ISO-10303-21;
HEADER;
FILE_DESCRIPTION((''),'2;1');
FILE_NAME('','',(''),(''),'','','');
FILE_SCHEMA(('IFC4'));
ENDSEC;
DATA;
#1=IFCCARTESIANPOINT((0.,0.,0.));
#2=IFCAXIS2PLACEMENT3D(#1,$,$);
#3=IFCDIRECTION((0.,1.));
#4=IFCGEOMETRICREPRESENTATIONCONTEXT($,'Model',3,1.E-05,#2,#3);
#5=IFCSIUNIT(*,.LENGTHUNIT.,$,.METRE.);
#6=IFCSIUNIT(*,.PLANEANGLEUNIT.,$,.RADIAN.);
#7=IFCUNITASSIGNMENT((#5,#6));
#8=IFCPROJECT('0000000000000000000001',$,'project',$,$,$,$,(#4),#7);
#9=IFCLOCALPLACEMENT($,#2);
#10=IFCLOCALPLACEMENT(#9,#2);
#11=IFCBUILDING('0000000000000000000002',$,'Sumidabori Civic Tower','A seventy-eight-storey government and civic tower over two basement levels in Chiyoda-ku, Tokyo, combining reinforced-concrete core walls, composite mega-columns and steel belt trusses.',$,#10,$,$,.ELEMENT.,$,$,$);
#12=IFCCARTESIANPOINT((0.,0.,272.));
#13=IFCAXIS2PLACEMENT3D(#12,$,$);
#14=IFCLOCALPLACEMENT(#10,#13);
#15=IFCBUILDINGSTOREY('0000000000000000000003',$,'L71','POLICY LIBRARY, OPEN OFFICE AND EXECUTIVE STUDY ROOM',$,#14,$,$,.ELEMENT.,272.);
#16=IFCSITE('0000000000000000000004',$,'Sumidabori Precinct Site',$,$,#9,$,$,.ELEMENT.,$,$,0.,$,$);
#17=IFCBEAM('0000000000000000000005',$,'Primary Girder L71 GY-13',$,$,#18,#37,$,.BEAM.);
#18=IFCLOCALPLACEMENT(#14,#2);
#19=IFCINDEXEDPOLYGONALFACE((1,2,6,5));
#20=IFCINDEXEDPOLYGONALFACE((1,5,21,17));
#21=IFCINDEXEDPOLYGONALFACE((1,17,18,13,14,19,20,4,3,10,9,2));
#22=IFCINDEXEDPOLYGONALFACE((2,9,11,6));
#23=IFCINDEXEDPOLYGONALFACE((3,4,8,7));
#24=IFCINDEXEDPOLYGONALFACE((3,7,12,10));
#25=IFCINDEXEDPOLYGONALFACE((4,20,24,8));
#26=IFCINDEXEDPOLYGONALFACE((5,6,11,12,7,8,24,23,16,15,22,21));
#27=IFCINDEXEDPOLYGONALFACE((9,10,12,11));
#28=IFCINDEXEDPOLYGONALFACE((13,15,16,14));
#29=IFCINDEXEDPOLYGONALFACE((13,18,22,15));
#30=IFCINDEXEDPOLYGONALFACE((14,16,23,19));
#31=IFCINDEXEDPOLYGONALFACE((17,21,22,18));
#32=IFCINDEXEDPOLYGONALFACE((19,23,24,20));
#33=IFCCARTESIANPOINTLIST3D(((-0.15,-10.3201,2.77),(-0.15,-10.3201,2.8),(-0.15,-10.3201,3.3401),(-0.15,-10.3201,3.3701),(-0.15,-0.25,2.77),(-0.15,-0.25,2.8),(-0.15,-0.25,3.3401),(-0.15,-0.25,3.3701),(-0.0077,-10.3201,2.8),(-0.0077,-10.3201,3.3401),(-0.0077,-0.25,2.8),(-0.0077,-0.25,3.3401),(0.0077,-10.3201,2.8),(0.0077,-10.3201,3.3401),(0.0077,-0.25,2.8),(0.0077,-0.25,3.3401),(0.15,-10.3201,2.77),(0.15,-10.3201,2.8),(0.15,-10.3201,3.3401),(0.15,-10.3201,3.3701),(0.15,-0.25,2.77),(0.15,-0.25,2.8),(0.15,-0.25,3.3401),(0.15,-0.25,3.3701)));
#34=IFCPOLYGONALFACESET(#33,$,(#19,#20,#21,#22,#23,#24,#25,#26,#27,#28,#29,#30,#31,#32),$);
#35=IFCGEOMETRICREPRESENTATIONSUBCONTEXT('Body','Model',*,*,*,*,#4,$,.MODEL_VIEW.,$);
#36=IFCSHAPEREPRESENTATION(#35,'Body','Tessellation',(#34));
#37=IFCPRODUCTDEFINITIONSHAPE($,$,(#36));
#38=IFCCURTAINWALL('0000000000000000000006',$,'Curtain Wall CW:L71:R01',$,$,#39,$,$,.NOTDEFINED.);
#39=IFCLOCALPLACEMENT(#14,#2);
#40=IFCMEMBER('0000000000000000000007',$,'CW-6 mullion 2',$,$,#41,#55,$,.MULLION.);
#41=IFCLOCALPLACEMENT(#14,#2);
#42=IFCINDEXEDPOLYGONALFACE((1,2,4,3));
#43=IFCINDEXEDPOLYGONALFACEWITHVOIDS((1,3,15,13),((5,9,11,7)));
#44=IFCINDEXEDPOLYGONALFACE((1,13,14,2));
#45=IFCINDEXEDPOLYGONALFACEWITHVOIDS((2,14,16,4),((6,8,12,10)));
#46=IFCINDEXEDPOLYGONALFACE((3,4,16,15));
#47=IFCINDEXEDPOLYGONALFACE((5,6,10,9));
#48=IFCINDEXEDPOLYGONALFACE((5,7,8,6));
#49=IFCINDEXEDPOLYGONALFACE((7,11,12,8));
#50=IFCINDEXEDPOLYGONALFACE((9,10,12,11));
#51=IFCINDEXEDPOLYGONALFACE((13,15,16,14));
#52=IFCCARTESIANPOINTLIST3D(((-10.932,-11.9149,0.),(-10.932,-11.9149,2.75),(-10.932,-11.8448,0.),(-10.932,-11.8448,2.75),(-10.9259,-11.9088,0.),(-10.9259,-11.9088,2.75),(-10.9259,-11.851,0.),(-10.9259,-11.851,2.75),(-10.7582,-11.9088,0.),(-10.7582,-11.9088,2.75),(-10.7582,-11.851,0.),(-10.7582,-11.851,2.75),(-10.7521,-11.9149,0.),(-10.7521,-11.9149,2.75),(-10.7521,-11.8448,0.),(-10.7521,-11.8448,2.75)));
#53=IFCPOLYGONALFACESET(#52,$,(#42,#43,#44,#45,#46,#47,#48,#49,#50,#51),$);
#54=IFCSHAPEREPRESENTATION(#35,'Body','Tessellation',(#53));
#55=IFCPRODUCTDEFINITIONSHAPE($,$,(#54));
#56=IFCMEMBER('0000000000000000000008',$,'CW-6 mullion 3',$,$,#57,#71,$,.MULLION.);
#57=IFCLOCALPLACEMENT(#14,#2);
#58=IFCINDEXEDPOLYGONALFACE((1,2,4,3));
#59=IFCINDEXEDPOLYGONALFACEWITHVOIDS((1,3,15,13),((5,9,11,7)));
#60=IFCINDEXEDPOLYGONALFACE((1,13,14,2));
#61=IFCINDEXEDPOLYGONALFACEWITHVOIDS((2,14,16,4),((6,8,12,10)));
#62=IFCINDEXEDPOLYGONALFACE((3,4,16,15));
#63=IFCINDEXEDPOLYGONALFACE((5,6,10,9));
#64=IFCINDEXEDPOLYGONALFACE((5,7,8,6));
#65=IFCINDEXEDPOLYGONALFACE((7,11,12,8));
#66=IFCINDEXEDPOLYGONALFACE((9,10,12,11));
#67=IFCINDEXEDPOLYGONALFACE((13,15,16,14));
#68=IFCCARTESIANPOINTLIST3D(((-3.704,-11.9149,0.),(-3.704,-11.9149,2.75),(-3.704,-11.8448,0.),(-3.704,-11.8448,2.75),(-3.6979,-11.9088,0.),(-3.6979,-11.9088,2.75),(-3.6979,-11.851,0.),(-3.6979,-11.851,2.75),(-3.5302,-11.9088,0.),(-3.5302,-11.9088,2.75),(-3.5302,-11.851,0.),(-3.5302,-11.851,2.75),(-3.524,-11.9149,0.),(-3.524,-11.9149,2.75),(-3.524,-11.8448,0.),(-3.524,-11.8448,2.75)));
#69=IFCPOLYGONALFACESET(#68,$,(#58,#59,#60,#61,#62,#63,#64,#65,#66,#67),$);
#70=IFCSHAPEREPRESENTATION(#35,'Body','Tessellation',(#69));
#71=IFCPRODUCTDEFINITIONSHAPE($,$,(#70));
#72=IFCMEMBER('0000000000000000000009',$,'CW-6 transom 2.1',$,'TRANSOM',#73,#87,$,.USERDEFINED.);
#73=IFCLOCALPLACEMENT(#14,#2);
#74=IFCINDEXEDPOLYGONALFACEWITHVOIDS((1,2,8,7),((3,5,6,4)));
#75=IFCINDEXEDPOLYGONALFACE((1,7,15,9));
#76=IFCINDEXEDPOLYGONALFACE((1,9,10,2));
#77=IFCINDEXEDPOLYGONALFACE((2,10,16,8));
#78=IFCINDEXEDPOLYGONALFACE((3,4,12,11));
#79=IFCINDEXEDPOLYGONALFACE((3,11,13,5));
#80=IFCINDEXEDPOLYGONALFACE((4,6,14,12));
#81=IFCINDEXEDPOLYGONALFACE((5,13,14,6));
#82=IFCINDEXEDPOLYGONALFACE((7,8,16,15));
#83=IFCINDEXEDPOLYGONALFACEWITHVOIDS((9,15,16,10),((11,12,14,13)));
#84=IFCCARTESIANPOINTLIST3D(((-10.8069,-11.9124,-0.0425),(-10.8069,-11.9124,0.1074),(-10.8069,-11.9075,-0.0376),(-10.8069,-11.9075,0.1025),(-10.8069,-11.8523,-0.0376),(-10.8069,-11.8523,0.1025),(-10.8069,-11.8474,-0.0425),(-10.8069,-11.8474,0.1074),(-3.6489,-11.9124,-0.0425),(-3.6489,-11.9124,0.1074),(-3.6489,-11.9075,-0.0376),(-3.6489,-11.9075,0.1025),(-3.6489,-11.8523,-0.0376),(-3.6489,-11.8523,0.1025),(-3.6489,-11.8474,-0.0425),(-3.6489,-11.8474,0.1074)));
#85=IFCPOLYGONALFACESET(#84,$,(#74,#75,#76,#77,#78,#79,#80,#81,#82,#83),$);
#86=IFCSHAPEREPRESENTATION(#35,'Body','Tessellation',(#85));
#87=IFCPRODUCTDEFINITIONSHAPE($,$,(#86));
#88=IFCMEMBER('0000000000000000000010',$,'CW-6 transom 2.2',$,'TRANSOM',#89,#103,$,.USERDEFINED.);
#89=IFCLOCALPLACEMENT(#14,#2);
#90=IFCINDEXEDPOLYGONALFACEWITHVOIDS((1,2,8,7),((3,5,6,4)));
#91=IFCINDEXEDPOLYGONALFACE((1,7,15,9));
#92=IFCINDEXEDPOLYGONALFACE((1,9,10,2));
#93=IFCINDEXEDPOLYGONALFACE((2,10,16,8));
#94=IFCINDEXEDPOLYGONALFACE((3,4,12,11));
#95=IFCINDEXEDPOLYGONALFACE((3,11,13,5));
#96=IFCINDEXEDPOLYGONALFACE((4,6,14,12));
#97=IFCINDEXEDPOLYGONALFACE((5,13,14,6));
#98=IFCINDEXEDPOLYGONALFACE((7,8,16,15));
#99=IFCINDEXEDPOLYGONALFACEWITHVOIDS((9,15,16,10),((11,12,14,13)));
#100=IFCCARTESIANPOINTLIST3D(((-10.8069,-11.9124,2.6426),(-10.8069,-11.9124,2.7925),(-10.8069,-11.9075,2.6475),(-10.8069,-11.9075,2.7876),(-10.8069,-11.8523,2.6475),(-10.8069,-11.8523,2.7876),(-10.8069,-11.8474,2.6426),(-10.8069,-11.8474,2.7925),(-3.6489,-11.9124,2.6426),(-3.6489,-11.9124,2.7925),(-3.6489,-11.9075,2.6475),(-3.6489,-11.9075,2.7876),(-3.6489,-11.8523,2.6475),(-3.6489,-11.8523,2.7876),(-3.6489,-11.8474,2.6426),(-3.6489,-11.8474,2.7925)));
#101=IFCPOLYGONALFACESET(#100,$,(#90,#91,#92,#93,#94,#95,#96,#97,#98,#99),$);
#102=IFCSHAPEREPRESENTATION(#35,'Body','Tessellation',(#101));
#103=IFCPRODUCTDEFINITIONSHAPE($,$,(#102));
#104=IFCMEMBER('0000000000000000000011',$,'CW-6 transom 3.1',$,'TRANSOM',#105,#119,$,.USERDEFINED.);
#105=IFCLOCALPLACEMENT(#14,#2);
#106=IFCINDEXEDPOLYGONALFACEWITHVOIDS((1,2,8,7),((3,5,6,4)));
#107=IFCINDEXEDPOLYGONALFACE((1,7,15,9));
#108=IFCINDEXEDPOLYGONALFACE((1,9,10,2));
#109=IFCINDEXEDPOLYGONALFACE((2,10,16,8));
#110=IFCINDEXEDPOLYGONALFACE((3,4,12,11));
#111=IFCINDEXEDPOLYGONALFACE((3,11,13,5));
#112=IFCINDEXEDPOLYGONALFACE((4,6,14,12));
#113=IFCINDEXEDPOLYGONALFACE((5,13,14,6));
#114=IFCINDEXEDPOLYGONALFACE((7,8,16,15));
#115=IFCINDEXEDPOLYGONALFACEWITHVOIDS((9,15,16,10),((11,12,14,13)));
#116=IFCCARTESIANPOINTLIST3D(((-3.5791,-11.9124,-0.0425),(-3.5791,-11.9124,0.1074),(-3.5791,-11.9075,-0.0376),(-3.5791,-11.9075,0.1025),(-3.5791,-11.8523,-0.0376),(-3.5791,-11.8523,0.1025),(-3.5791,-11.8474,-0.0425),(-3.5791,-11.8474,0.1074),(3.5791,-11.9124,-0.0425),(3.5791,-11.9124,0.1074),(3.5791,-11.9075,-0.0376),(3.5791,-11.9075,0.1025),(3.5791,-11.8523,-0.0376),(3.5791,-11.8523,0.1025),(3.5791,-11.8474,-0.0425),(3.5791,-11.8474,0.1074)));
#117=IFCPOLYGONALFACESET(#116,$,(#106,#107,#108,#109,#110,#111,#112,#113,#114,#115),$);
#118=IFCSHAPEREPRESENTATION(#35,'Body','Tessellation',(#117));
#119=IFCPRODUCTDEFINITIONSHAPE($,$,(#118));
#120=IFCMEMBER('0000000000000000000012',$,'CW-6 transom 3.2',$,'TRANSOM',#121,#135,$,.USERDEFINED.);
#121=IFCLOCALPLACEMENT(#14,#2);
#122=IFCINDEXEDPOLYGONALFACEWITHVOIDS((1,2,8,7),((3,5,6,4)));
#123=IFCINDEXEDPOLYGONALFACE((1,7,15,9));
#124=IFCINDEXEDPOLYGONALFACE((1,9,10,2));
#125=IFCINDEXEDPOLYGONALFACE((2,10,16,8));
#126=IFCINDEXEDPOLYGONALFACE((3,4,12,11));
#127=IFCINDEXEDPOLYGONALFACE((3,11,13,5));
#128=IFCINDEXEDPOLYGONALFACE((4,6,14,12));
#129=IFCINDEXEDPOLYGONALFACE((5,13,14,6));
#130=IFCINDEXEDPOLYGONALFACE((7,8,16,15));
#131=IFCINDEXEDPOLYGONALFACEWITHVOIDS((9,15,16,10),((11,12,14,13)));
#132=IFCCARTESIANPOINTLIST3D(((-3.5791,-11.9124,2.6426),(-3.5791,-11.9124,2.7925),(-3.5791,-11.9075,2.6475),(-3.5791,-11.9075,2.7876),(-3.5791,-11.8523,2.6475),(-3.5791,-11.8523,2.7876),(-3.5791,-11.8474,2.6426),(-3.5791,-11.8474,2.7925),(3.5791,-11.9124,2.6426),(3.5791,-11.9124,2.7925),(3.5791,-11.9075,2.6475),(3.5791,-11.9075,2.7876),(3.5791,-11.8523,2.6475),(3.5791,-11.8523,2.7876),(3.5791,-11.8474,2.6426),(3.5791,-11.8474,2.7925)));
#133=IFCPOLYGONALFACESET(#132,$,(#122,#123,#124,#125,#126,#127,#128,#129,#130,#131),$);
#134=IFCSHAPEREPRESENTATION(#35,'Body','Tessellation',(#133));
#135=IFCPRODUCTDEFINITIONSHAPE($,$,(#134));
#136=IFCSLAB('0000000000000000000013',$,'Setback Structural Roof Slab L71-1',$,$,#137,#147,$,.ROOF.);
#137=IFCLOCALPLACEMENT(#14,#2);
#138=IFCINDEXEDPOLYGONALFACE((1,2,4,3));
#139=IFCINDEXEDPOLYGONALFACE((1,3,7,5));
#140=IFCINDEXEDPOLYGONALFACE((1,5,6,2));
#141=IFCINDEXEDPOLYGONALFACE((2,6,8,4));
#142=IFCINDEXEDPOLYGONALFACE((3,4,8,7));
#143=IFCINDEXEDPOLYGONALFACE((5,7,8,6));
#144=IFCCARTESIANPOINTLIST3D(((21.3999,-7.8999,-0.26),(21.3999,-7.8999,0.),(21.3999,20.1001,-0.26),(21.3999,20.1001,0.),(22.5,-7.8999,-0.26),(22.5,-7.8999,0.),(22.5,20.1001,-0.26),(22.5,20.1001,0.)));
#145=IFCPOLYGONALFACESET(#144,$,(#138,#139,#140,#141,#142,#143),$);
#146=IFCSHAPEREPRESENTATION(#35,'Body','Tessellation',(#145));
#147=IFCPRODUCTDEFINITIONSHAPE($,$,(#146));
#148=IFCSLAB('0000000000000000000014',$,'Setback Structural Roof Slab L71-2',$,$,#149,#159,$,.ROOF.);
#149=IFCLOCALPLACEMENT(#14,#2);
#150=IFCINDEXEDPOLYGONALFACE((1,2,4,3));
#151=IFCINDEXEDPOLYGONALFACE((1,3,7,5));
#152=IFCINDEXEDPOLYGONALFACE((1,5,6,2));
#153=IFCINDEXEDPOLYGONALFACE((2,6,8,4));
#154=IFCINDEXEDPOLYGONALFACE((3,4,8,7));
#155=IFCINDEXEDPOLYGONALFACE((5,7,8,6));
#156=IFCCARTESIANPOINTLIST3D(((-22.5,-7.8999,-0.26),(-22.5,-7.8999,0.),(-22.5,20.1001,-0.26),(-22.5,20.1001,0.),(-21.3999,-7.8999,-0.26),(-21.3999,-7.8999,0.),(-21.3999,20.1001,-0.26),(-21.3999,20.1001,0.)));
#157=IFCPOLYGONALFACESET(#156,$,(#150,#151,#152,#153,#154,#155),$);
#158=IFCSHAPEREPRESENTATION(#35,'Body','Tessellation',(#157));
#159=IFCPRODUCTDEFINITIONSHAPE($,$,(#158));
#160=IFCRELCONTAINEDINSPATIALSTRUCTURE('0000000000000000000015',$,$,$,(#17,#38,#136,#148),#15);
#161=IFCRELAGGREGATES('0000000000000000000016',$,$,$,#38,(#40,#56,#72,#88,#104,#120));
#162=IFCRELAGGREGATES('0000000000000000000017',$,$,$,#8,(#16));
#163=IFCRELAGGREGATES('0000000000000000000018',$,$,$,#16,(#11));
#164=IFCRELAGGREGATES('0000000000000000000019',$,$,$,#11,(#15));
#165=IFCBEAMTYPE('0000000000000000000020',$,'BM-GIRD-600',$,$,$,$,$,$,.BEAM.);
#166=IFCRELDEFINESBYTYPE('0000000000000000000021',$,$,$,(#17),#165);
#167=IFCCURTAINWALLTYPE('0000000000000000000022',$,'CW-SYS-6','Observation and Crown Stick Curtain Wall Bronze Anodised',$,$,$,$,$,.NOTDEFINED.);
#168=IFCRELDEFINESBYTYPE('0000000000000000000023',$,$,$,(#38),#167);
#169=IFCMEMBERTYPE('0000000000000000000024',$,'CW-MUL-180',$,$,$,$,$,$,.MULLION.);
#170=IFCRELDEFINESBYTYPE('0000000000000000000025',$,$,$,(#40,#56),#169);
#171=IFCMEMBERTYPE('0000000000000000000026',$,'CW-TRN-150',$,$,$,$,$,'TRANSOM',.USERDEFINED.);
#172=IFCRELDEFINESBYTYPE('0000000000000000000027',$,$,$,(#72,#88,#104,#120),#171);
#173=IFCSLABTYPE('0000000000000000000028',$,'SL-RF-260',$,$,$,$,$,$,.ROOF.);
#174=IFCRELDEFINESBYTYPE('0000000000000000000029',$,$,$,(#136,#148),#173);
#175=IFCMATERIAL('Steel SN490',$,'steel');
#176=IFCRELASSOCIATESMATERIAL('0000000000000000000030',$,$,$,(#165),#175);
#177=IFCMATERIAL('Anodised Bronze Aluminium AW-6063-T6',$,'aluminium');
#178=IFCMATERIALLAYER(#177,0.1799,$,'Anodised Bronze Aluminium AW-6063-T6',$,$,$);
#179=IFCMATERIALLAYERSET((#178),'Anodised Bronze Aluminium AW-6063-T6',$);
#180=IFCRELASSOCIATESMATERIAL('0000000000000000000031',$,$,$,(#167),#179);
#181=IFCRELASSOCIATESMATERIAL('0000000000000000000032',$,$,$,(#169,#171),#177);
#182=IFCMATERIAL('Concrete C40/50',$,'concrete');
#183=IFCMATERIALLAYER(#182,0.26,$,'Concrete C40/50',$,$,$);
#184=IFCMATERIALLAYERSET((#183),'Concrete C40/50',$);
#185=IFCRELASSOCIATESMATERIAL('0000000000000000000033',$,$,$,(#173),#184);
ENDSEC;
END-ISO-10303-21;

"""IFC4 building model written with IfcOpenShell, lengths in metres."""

from ifc_helpers import new_model, si_unit, direction, frame, origin, origin_2d, place, context, subcontext, project, spatial, polyline, hollow_rectangle, i_section, outline, extrude, source, transform, mapped, material, layer, layer_set, material_profile, profile_set, type_object, element, aggregate, save


model = new_model("IFC4")

# Units and contexts
model_context = context("Model", 3, precision=1e-05, world=origin(), true_north=direction((0.0, 1.0)))
body_context = subcontext(model_context, "Body", "Model", "MODEL_VIEW")
ifc_project = project(units=[si_unit("LENGTHUNIT", "METRE"), si_unit("PLANEANGLEUNIT", "RADIAN")], contexts=[model_context])

# Site, building, storey
site_placement = place(None, origin())
site = spatial("IfcSite", under=ifc_project, at=site_placement, Name="Sumidabori Precinct Site", CompositionType="ELEMENT", RefElevation=0.0)
building_placement = place(site_placement, origin())
building = spatial("IfcBuilding", under=site, at=building_placement, Name="Sumidabori Civic Tower", Description="A seventy-eight-storey government and civic tower over two basement levels in Chiyoda-ku, Tokyo, combining reinforced-concrete core walls, composite mega-columns and steel belt trusses.", CompositionType="ELEMENT")
storey_placement = place(building_placement, frame((0.0, 0.0, 272.0)))
storey = spatial("IfcBuildingStorey", under=building, at=storey_placement, Name="L71", Description="POLICY LIBRARY, OPEN OFFICE AND EXECUTIVE STUDY ROOM", CompositionType="ELEMENT", Elevation=272.0)

# Shared definitions
ifc_material_1 = material(Name="Steel SN490", Category="steel")

# Beam
ifc_material_profile_1 = material_profile(ifc_material_1, i_section(OverallWidth=0.3, OverallDepth=0.6001, WebThickness=0.0154, FlangeThickness=0.03, at=origin_2d()), Name="HE 600 B")
ifc_profile_set_1 = profile_set([ifc_material_profile_1], Name="Steel SN490")
beam_type_1 = type_object("IfcBeamType", Name="BM-GIRD-600", PredefinedType="BEAM", material=ifc_profile_set_1)
shared_shape_1 = source(origin(), body_context, "Body", "SweptSolid", [
    extrude(i_section(OverallWidth=0.3, OverallDepth=0.6001, WebThickness=0.0154, FlangeThickness=0.03, at=origin_2d()), origin(), (0.0, 0.0, 1.0), 10.0701),
])
beam_1_placement = place(storey_placement, frame((0.0, -10.3201, 3.0701), z_axis=(0.0, 1.0, 0.0), x_axis=(-1.0, 0.0, 0.0)))
element("IfcBeam", 1, at=beam_1_placement, inside=storey, type_object=beam_type_1, Name="Primary Girder L71 GY-13", PredefinedType="BEAM", context=body_context, shape_type="MappedRepresentation", body=[
    mapped(shared_shape_1, transform((0.0, 0.0, 0.0), x_axis=(1.0, 0.0, 0.0), y_axis=(0.0, 1.0, 0.0), z_axis=(0.0, 0.0, 1.0), scale=1.0)),
])

# Curtain wall, members
ifc_material_2 = material(Name="Anodised Bronze Aluminium AW-6063-T6", Category="aluminium")
ifc_layer_1 = layer(ifc_material_2, 0.1799, Name="Anodised Bronze Aluminium AW-6063-T6")
ifc_layer_set_1 = layer_set([ifc_layer_1], Name="Anodised Bronze Aluminium AW-6063-T6")
curtain_wall_type = type_object("IfcCurtainWallType", Name="CW-SYS-6", Description="Observation and Crown Stick Curtain Wall Bronze Anodised", PredefinedType="NOTDEFINED", material=ifc_layer_set_1)
curtain_wall_placement = place(storey_placement, origin())
curtain_wall = element("IfcCurtainWall", 2, at=curtain_wall_placement, inside=storey, type_object=curtain_wall_type, Name="Curtain Wall CW:L71:R01", PredefinedType="NOTDEFINED")
ifc_material_profile_2 = material_profile(ifc_material_2, hollow_rectangle(XDim=0.0701, YDim=0.1799, WallThickness=0.0061, at=origin_2d()), Name="ALU MULLION 180x70")
ifc_profile_set_2 = profile_set([ifc_material_profile_2], Name="Anodised Bronze Aluminium AW-6063-T6")
member_type_1 = type_object("IfcMemberType", Name="CW-MUL-180", PredefinedType="MULLION", material=ifc_profile_set_2)
shared_shape_2 = source(origin(), body_context, "Body", "SweptSolid", [
    extrude(hollow_rectangle(XDim=0.0701, YDim=0.1799, WallThickness=0.0061, at=origin_2d()), origin(), (0.0, 0.0, 1.0), 2.75),
])
member_1_placement = place(storey_placement, frame((-10.842, -11.8799, 0.0), z_axis=(0.0, 0.0, 1.0), x_axis=(0.0, 1.0, 0.0)))
member_1 = element("IfcMember", 3, at=member_1_placement, type_object=member_type_1, Name="CW-6 mullion 2", PredefinedType="MULLION", context=body_context, shape_type="MappedRepresentation", body=[
    mapped(shared_shape_2, transform((0.0, 0.0, 0.0), x_axis=(1.0, 0.0, 0.0), y_axis=(0.0, 1.0, 0.0), z_axis=(0.0, 0.0, 1.0), scale=1.0)),
])
member_2_placement = place(storey_placement, frame((-3.614, -11.8799, 0.0), z_axis=(0.0, 0.0, 1.0), x_axis=(0.0, 1.0, 0.0)))
member_2 = element("IfcMember", 4, at=member_2_placement, type_object=member_type_1, Name="CW-6 mullion 3", PredefinedType="MULLION", context=body_context, shape_type="MappedRepresentation", body=[
    mapped(shared_shape_2, transform((0.0, 0.0, 0.0), x_axis=(1.0, 0.0, 0.0), y_axis=(0.0, 1.0, 0.0), z_axis=(0.0, 0.0, 1.0), scale=1.0)),
])
ifc_material_profile_3 = material_profile(ifc_material_2, hollow_rectangle(XDim=0.0649, YDim=0.1499, WallThickness=0.0049, at=origin_2d()), Name="ALU TRANSOM 150x65")
ifc_profile_set_3 = profile_set([ifc_material_profile_3], Name="Anodised Bronze Aluminium AW-6063-T6")
member_type_2 = type_object("IfcMemberType", Name="CW-TRN-150", ElementType="TRANSOM", PredefinedType="USERDEFINED", material=ifc_profile_set_3)
shared_shape_3 = source(origin(), body_context, "Body", "SweptSolid", [
    extrude(hollow_rectangle(XDim=0.0649, YDim=0.1499, WallThickness=0.0049, at=origin_2d()), origin(), (0.0, 0.0, 1.0), 7.158),
])
member_3_placement = place(storey_placement, frame((-10.8069, -11.8799, 0.0325), z_axis=(1.0, 0.0, 0.0), x_axis=(0.0, 1.0, 0.0)))
member_3 = element("IfcMember", 5, at=member_3_placement, type_object=member_type_2, Name="CW-6 transom 2.1", ObjectType="TRANSOM", PredefinedType="USERDEFINED", context=body_context, shape_type="MappedRepresentation", body=[
    mapped(shared_shape_3, transform((0.0, 0.0, 0.0), x_axis=(1.0, 0.0, 0.0), y_axis=(0.0, 1.0, 0.0), z_axis=(0.0, 0.0, 1.0), scale=1.0)),
])
member_4_placement = place(storey_placement, frame((-10.8069, -11.8799, 2.7175), z_axis=(1.0, 0.0, 0.0), x_axis=(0.0, 1.0, 0.0)))
member_4 = element("IfcMember", 6, at=member_4_placement, type_object=member_type_2, Name="CW-6 transom 2.2", ObjectType="TRANSOM", PredefinedType="USERDEFINED", context=body_context, shape_type="MappedRepresentation", body=[
    mapped(shared_shape_3, transform((0.0, 0.0, 0.0), x_axis=(1.0, 0.0, 0.0), y_axis=(0.0, 1.0, 0.0), z_axis=(0.0, 0.0, 1.0), scale=1.0)),
])
shared_shape_4 = source(origin(), body_context, "Body", "SweptSolid", [
    extrude(hollow_rectangle(XDim=0.0649, YDim=0.1499, WallThickness=0.0049, at=origin_2d()), origin(), (0.0, 0.0, 1.0), 7.1582),
])
member_5_placement = place(storey_placement, frame((-3.5791, -11.8799, 0.0325), z_axis=(1.0, 0.0, 0.0), x_axis=(0.0, 1.0, 0.0)))
member_5 = element("IfcMember", 7, at=member_5_placement, type_object=member_type_2, Name="CW-6 transom 3.1", ObjectType="TRANSOM", PredefinedType="USERDEFINED", context=body_context, shape_type="MappedRepresentation", body=[
    mapped(shared_shape_4, transform((0.0, 0.0, 0.0), x_axis=(1.0, 0.0, 0.0), y_axis=(0.0, 1.0, 0.0), z_axis=(0.0, 0.0, 1.0), scale=1.0)),
])
member_6_placement = place(storey_placement, frame((-3.5791, -11.8799, 2.7175), z_axis=(1.0, 0.0, 0.0), x_axis=(0.0, 1.0, 0.0)))
member_6 = element("IfcMember", 8, at=member_6_placement, type_object=member_type_2, Name="CW-6 transom 3.2", ObjectType="TRANSOM", PredefinedType="USERDEFINED", context=body_context, shape_type="MappedRepresentation", body=[
    mapped(shared_shape_4, transform((0.0, 0.0, 0.0), x_axis=(1.0, 0.0, 0.0), y_axis=(0.0, 1.0, 0.0), z_axis=(0.0, 0.0, 1.0), scale=1.0)),
])

# Slabs
ifc_material_3 = material(Name="Concrete C40/50", Category="concrete")
ifc_layer_2 = layer(ifc_material_3, 0.26, Name="Concrete C40/50")
ifc_layer_set_2 = layer_set([ifc_layer_2], Name="Concrete C40/50")
slab_type_1 = type_object("IfcSlabType", Name="SL-RF-260", PredefinedType="ROOF", material=ifc_layer_set_2)
slab_1_placement = place(storey_placement, frame((0.0, 0.0, -0.26)))
element("IfcSlab", 9, at=slab_1_placement, inside=storey, type_object=slab_type_1, Name="Setback Structural Roof Slab L71-1", PredefinedType="ROOF", context=body_context, shape_type="SweptSolid", body=[
    extrude(outline(polyline([(22.5, 20.1001), (22.5, -7.8999), (21.3999, -7.8999), (21.3999, 20.1001), (22.5, 20.1001)])), origin(), (0.0, 0.0, 1.0), 0.26),
])
slab_2_placement = place(storey_placement, frame((0.0, 0.0, -0.26)))
element("IfcSlab", 10, at=slab_2_placement, inside=storey, type_object=slab_type_1, Name="Setback Structural Roof Slab L71-2", PredefinedType="ROOF", context=body_context, shape_type="SweptSolid", body=[
    extrude(outline(polyline([(-22.5, -7.8999), (-22.5, 20.1001), (-21.3999, 20.1001), (-21.3999, -7.8999), (-22.5, -7.8999)])), origin(), (0.0, 0.0, 1.0), 0.26),
])

aggregate(curtain_wall, [member_1, member_2, member_3, member_4, member_5, member_6])

save(model, "model.ifc")
